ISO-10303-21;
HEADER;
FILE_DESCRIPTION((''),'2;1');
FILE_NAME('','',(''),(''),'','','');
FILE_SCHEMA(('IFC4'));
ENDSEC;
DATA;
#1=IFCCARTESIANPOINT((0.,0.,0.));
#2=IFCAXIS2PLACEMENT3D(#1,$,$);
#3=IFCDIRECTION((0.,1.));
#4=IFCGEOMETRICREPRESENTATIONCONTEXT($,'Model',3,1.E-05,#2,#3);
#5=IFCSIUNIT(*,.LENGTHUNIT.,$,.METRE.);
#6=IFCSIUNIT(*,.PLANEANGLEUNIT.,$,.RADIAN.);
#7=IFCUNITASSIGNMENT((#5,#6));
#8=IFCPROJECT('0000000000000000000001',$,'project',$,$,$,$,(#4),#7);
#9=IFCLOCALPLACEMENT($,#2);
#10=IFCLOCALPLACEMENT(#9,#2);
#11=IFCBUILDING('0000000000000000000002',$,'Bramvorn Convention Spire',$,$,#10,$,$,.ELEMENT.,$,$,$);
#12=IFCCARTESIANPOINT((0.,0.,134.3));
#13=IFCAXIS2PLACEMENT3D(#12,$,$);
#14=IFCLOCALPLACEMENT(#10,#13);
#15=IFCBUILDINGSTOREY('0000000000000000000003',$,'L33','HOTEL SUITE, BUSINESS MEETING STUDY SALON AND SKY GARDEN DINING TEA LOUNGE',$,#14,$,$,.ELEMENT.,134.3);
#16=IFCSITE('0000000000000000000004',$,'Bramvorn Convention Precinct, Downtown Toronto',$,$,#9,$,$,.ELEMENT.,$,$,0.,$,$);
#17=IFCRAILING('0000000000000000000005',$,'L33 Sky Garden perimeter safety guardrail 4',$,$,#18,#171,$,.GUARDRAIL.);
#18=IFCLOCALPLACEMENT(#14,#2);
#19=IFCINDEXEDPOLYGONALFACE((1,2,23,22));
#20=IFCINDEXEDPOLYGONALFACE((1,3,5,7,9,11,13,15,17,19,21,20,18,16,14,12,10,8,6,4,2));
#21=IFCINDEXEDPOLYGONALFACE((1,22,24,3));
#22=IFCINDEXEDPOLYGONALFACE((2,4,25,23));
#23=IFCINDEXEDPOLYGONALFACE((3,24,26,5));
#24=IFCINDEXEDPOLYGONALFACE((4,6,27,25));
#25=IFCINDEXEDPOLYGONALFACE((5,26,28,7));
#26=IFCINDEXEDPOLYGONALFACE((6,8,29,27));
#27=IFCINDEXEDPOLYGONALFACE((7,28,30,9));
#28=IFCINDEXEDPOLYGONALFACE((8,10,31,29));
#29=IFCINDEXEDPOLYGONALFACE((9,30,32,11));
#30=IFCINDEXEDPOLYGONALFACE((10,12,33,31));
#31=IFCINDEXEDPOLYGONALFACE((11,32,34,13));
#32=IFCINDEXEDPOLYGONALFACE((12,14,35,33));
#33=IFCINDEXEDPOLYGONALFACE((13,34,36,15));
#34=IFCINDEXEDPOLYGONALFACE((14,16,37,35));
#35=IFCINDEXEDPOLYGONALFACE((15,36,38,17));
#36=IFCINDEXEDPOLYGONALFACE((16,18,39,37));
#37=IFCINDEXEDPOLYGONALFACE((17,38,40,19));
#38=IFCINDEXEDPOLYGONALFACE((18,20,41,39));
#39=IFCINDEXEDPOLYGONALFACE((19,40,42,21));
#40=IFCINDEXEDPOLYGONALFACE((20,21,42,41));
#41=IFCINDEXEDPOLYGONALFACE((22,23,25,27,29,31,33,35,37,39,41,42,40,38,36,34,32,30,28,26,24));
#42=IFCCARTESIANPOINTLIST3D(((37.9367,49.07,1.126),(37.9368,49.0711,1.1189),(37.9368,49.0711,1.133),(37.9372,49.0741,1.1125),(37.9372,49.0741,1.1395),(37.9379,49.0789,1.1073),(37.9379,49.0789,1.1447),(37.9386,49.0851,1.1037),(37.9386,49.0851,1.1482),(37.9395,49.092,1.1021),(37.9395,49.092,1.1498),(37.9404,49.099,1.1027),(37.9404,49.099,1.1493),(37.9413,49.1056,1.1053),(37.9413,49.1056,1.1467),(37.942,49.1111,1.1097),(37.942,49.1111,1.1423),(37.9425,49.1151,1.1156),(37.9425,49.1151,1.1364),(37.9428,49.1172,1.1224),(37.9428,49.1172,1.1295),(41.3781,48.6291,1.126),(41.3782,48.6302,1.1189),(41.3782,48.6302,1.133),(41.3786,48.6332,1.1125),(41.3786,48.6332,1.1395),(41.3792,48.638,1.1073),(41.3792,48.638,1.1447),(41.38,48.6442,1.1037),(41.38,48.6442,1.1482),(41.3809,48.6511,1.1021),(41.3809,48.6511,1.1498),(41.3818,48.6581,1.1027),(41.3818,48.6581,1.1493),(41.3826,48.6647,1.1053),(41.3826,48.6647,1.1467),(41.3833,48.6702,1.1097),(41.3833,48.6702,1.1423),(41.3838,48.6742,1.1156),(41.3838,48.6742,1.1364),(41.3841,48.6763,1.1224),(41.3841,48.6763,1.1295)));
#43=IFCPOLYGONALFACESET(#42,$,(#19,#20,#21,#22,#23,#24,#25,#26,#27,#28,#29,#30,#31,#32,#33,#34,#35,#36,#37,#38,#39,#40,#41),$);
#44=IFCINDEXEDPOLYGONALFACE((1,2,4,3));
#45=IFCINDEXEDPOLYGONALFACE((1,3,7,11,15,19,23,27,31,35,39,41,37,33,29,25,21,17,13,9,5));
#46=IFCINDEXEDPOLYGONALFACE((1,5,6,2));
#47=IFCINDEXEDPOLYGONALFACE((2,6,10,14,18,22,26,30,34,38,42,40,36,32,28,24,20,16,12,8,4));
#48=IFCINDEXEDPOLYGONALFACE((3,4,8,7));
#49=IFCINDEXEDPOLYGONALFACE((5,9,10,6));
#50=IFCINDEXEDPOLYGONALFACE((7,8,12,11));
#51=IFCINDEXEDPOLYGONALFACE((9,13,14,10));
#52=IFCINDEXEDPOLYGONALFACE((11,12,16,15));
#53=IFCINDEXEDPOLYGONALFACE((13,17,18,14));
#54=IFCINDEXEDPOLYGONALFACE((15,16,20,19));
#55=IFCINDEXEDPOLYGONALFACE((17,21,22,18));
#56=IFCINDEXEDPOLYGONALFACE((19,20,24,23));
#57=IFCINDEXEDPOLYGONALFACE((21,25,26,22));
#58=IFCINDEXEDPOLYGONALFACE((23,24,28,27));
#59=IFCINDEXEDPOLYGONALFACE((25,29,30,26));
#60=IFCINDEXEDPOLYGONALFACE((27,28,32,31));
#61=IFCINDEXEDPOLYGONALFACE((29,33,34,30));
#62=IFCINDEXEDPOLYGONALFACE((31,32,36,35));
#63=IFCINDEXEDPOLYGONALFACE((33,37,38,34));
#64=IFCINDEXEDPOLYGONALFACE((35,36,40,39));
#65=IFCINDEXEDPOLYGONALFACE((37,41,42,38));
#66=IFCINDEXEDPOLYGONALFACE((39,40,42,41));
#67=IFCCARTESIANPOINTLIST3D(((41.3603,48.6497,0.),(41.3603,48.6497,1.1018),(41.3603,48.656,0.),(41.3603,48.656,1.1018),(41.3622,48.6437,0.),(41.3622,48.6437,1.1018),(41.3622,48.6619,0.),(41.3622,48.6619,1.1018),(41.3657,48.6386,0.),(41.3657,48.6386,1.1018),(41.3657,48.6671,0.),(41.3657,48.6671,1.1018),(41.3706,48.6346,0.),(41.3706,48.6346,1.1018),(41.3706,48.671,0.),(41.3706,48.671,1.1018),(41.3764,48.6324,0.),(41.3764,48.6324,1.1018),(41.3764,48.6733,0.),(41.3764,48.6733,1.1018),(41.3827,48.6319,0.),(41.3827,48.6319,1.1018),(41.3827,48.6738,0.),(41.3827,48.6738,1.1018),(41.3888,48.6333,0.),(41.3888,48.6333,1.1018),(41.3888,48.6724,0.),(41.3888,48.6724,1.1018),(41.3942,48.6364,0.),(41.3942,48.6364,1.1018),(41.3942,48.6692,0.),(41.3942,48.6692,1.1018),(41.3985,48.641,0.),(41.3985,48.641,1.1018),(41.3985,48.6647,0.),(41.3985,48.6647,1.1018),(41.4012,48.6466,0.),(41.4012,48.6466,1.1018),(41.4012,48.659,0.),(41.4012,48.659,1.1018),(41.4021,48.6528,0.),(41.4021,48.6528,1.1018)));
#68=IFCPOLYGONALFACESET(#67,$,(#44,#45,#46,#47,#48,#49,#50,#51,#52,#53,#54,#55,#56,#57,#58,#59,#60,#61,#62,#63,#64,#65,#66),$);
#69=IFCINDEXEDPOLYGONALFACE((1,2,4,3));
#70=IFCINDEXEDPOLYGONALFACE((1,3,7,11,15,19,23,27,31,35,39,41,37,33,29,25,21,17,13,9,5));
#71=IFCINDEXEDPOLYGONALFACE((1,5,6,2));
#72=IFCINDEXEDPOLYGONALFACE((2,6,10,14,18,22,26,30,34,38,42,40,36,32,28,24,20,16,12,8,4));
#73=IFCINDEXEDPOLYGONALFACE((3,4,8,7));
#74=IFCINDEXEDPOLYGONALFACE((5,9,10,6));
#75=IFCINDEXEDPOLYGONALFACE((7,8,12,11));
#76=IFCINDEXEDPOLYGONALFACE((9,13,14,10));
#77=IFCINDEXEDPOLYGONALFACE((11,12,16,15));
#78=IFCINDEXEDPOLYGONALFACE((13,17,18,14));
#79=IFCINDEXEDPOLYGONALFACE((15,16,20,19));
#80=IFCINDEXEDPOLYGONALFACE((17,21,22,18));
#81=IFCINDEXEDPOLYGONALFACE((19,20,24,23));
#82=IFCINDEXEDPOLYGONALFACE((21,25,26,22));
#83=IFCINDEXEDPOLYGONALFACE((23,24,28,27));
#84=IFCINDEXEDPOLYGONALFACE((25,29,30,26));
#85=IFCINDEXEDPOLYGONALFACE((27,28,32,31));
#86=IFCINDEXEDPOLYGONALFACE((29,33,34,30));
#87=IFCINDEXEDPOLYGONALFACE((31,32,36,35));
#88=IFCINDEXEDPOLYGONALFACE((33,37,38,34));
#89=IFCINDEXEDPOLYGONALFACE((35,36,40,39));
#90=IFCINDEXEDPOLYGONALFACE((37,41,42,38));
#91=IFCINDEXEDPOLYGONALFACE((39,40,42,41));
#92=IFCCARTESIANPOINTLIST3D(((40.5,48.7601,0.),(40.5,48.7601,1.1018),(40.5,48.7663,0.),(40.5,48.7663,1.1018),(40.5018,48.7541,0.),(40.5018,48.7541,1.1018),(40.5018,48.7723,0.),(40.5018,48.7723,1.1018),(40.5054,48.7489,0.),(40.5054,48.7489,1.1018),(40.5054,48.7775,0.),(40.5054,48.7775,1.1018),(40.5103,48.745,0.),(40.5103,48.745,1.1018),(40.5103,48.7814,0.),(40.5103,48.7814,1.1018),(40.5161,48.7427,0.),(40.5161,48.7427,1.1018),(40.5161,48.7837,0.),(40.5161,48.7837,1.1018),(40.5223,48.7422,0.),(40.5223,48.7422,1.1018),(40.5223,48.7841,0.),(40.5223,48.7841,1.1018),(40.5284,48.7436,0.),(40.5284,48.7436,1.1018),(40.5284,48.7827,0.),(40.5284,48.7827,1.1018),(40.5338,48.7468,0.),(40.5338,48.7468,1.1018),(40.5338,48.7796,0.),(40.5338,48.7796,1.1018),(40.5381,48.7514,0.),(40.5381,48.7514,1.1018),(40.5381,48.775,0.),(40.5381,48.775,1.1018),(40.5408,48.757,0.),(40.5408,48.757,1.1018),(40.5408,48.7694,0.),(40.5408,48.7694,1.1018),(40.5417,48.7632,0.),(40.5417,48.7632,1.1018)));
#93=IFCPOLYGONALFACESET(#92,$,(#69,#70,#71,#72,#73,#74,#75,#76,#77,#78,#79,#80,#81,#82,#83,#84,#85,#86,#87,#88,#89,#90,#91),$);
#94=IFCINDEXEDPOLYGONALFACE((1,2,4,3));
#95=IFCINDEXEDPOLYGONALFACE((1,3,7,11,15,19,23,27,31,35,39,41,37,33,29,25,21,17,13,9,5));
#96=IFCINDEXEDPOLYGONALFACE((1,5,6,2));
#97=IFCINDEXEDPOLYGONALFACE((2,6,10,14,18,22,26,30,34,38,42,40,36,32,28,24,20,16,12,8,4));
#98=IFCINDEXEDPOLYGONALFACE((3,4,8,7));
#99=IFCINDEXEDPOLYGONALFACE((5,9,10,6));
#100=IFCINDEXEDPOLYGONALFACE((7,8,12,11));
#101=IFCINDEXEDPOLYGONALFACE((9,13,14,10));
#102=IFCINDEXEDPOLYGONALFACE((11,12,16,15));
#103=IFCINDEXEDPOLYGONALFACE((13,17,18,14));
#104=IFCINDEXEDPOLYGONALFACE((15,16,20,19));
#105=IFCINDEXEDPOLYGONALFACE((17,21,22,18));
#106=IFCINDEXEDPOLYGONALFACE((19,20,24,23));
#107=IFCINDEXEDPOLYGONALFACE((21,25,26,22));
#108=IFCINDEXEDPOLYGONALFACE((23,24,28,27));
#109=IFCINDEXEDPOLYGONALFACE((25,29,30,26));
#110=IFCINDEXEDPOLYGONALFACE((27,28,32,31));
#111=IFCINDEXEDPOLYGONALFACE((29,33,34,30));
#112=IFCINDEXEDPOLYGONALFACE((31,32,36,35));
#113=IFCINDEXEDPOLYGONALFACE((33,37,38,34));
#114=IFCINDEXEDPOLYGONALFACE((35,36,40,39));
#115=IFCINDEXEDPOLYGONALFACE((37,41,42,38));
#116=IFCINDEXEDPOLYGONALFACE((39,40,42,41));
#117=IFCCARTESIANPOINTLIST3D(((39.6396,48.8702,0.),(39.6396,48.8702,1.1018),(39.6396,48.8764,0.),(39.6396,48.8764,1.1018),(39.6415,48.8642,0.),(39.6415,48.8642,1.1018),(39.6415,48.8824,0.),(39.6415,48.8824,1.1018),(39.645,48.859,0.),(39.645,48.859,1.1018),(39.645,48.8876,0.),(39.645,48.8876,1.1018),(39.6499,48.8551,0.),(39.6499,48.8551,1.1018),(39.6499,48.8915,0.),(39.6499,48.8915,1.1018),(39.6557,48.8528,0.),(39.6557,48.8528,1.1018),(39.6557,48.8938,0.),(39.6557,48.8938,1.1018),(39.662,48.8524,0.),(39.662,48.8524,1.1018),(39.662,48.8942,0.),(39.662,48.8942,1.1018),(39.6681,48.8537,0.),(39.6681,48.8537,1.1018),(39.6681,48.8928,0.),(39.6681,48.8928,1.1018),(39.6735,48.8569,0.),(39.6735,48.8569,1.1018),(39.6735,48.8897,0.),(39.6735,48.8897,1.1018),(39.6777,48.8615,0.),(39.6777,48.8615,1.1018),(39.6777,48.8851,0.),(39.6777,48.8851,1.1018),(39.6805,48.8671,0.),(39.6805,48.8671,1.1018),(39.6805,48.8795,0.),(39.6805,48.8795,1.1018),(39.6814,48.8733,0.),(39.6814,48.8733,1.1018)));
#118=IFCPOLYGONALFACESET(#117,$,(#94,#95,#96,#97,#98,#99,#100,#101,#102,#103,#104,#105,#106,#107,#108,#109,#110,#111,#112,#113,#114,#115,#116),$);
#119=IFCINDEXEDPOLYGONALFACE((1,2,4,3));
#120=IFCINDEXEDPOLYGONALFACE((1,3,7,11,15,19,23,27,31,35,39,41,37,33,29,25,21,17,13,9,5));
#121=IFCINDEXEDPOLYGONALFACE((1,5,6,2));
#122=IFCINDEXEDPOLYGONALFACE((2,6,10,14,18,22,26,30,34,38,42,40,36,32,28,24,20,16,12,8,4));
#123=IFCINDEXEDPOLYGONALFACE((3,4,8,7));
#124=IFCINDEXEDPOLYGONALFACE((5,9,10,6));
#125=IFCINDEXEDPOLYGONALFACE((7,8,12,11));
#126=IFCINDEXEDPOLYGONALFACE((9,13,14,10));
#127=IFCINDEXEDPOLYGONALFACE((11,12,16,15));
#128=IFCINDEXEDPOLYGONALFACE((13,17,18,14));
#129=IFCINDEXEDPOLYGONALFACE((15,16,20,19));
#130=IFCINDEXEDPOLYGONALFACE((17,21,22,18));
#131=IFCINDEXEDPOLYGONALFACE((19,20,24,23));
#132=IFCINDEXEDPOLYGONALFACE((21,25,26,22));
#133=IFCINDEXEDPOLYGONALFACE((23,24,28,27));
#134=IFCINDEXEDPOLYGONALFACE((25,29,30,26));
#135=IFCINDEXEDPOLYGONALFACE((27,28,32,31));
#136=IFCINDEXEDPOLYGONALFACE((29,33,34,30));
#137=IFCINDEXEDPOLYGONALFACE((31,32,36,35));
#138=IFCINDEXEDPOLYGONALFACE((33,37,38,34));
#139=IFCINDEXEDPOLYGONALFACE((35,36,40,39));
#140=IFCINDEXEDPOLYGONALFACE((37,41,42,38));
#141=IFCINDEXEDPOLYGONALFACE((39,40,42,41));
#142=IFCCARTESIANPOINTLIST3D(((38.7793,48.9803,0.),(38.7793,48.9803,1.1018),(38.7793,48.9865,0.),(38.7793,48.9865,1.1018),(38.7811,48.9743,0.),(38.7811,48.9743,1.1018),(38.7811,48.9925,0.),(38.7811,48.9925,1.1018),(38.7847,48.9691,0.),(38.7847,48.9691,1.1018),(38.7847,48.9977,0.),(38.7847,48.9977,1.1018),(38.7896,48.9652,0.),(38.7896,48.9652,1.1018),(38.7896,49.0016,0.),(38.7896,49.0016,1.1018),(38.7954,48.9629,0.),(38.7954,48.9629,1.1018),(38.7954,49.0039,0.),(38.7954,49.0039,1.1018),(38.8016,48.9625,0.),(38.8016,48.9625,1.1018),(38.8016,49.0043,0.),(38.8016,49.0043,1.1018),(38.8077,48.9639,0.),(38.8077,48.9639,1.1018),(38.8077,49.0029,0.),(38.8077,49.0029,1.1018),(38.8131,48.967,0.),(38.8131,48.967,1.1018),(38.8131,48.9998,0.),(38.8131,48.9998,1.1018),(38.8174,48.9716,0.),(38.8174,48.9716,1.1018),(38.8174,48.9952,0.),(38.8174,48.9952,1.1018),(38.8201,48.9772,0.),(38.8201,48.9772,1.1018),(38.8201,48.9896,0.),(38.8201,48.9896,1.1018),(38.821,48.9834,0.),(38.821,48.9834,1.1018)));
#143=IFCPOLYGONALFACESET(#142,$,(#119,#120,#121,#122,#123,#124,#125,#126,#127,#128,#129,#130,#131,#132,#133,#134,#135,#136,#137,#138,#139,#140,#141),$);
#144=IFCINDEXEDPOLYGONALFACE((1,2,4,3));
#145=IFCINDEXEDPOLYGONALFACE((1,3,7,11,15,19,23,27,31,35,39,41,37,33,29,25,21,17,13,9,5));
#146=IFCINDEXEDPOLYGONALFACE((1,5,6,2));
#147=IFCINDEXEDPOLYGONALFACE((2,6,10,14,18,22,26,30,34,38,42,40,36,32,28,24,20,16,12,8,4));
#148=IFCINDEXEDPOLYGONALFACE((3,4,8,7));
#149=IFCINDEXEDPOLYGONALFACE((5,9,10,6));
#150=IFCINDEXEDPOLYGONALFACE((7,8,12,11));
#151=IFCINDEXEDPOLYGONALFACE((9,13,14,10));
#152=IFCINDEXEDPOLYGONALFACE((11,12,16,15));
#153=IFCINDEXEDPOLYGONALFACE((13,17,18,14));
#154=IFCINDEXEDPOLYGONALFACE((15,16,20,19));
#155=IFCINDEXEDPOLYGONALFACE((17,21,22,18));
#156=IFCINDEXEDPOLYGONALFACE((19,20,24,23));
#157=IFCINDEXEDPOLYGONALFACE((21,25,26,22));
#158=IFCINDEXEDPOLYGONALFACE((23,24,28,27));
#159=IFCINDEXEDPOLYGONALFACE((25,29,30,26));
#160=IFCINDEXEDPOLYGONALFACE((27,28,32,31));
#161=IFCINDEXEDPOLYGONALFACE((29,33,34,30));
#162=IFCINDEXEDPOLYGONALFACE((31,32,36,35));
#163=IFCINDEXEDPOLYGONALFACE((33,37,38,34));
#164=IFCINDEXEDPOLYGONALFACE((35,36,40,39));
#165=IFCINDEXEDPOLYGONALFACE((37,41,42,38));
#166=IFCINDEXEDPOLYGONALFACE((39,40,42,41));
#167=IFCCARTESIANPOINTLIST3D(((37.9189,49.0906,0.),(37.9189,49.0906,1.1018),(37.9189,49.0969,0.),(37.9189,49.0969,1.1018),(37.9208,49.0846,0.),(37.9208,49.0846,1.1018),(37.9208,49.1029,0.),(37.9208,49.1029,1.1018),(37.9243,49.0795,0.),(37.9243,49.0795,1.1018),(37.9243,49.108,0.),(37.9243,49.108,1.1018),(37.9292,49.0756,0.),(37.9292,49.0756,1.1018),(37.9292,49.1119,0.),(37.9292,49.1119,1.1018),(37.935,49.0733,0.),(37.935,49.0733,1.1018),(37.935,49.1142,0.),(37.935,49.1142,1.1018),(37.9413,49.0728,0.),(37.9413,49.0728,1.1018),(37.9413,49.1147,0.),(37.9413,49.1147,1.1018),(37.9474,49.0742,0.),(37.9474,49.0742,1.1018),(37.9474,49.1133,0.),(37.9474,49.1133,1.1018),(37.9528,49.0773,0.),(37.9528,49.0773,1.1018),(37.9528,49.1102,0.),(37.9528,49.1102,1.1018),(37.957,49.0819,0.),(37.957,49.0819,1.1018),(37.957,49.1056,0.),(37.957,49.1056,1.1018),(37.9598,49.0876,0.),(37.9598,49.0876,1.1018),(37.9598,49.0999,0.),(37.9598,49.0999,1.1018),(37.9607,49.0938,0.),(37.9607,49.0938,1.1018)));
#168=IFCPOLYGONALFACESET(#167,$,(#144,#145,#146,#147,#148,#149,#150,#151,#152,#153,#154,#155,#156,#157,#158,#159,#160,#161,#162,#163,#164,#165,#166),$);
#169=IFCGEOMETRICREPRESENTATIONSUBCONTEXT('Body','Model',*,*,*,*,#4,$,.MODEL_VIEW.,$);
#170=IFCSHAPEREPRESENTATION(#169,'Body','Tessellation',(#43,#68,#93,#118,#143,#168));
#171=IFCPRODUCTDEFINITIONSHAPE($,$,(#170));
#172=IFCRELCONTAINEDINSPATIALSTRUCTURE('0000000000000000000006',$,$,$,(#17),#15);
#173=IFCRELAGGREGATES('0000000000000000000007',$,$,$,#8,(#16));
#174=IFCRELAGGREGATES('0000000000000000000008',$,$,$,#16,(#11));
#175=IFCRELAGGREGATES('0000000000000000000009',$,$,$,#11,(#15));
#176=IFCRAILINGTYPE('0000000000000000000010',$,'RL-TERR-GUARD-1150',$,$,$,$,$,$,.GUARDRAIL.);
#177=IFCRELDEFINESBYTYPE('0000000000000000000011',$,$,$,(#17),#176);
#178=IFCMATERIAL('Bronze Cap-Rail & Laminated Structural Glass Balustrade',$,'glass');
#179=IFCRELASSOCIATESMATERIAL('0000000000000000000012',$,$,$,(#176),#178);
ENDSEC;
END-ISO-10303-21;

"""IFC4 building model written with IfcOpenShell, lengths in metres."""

from ifc_helpers import new_model, si_unit, direction, frame, origin, origin_2d, place, context, subcontext, project, spatial, circle, extrude, material, type_object, element, save


model = new_model("IFC4")

# Units and contexts
model_context = context("Model", 3, precision=1e-05, world=origin(), true_north=direction((0.0, 1.0)))
body_context = subcontext(model_context, "Body", "Model", "MODEL_VIEW")
ifc_project = project(units=[si_unit("LENGTHUNIT", "METRE"), si_unit("PLANEANGLEUNIT", "RADIAN")], contexts=[model_context])

# Site, building, storey
site_placement = place(None, origin())
site = spatial("IfcSite", under=ifc_project, at=site_placement, Name="Bramvorn Convention Precinct, Downtown Toronto", CompositionType="ELEMENT", RefElevation=0.0)
building_placement = place(site_placement, origin())
building = spatial("IfcBuilding", under=site, at=building_placement, Name="Bramvorn Convention Spire", CompositionType="ELEMENT")
storey_placement = place(building_placement, frame((0.0, 0.0, 134.3)))
storey = spatial("IfcBuildingStorey", under=building, at=storey_placement, Name="L33", Description="HOTEL SUITE, BUSINESS MEETING STUDY SALON AND SKY GARDEN DINING TEA LOUNGE", CompositionType="ELEMENT", Elevation=134.3)

# Railing
ifc_material_1 = material(Name="Bronze Cap-Rail & Laminated Structural Glass Balustrade", Category="glass")
railing_type = type_object("IfcRailingType", Name="RL-TERR-GUARD-1150", PredefinedType="GUARDRAIL", material=ifc_material_1)
railing_1_placement = place(storey_placement, frame((41.3811, 48.6528, 0.0)))
element("IfcRailing", 1, at=railing_1_placement, inside=storey, type_object=railing_type, Name="L33 Sky Garden perimeter safety guardrail 4", PredefinedType="GUARDRAIL", context=body_context, shape_type="SweptSolid", body=[
    extrude(circle(Radius=0.0239, at=origin_2d()), frame((0.0, 0.0, 1.126), z_axis=(-0.991892, 0.127083, 0.0), x_axis=(-0.127083, -0.991892, 0.0)), (0.0, 0.0, 1.0), 3.4695),
    extrude(circle(Radius=0.021, at=origin_2d()), origin(), (0.0, 0.0, 1.0), 1.1018),
    extrude(circle(Radius=0.021, at=origin_2d()), frame((-0.8604, 0.1104, 0.0)), (0.0, 0.0, 1.0), 1.1018),
    extrude(circle(Radius=0.021, at=origin_2d()), frame((-1.7207, 0.2205, 0.0)), (0.0, 0.0, 1.0), 1.1018),
    extrude(circle(Radius=0.021, at=origin_2d()), frame((-2.5811, 0.3306, 0.0)), (0.0, 0.0, 1.0), 1.1018),
    extrude(circle(Radius=0.021, at=origin_2d()), frame((-3.4414, 0.4409, 0.0)), (0.0, 0.0, 1.0), 1.1018),
])

save(model, "model.ifc")
